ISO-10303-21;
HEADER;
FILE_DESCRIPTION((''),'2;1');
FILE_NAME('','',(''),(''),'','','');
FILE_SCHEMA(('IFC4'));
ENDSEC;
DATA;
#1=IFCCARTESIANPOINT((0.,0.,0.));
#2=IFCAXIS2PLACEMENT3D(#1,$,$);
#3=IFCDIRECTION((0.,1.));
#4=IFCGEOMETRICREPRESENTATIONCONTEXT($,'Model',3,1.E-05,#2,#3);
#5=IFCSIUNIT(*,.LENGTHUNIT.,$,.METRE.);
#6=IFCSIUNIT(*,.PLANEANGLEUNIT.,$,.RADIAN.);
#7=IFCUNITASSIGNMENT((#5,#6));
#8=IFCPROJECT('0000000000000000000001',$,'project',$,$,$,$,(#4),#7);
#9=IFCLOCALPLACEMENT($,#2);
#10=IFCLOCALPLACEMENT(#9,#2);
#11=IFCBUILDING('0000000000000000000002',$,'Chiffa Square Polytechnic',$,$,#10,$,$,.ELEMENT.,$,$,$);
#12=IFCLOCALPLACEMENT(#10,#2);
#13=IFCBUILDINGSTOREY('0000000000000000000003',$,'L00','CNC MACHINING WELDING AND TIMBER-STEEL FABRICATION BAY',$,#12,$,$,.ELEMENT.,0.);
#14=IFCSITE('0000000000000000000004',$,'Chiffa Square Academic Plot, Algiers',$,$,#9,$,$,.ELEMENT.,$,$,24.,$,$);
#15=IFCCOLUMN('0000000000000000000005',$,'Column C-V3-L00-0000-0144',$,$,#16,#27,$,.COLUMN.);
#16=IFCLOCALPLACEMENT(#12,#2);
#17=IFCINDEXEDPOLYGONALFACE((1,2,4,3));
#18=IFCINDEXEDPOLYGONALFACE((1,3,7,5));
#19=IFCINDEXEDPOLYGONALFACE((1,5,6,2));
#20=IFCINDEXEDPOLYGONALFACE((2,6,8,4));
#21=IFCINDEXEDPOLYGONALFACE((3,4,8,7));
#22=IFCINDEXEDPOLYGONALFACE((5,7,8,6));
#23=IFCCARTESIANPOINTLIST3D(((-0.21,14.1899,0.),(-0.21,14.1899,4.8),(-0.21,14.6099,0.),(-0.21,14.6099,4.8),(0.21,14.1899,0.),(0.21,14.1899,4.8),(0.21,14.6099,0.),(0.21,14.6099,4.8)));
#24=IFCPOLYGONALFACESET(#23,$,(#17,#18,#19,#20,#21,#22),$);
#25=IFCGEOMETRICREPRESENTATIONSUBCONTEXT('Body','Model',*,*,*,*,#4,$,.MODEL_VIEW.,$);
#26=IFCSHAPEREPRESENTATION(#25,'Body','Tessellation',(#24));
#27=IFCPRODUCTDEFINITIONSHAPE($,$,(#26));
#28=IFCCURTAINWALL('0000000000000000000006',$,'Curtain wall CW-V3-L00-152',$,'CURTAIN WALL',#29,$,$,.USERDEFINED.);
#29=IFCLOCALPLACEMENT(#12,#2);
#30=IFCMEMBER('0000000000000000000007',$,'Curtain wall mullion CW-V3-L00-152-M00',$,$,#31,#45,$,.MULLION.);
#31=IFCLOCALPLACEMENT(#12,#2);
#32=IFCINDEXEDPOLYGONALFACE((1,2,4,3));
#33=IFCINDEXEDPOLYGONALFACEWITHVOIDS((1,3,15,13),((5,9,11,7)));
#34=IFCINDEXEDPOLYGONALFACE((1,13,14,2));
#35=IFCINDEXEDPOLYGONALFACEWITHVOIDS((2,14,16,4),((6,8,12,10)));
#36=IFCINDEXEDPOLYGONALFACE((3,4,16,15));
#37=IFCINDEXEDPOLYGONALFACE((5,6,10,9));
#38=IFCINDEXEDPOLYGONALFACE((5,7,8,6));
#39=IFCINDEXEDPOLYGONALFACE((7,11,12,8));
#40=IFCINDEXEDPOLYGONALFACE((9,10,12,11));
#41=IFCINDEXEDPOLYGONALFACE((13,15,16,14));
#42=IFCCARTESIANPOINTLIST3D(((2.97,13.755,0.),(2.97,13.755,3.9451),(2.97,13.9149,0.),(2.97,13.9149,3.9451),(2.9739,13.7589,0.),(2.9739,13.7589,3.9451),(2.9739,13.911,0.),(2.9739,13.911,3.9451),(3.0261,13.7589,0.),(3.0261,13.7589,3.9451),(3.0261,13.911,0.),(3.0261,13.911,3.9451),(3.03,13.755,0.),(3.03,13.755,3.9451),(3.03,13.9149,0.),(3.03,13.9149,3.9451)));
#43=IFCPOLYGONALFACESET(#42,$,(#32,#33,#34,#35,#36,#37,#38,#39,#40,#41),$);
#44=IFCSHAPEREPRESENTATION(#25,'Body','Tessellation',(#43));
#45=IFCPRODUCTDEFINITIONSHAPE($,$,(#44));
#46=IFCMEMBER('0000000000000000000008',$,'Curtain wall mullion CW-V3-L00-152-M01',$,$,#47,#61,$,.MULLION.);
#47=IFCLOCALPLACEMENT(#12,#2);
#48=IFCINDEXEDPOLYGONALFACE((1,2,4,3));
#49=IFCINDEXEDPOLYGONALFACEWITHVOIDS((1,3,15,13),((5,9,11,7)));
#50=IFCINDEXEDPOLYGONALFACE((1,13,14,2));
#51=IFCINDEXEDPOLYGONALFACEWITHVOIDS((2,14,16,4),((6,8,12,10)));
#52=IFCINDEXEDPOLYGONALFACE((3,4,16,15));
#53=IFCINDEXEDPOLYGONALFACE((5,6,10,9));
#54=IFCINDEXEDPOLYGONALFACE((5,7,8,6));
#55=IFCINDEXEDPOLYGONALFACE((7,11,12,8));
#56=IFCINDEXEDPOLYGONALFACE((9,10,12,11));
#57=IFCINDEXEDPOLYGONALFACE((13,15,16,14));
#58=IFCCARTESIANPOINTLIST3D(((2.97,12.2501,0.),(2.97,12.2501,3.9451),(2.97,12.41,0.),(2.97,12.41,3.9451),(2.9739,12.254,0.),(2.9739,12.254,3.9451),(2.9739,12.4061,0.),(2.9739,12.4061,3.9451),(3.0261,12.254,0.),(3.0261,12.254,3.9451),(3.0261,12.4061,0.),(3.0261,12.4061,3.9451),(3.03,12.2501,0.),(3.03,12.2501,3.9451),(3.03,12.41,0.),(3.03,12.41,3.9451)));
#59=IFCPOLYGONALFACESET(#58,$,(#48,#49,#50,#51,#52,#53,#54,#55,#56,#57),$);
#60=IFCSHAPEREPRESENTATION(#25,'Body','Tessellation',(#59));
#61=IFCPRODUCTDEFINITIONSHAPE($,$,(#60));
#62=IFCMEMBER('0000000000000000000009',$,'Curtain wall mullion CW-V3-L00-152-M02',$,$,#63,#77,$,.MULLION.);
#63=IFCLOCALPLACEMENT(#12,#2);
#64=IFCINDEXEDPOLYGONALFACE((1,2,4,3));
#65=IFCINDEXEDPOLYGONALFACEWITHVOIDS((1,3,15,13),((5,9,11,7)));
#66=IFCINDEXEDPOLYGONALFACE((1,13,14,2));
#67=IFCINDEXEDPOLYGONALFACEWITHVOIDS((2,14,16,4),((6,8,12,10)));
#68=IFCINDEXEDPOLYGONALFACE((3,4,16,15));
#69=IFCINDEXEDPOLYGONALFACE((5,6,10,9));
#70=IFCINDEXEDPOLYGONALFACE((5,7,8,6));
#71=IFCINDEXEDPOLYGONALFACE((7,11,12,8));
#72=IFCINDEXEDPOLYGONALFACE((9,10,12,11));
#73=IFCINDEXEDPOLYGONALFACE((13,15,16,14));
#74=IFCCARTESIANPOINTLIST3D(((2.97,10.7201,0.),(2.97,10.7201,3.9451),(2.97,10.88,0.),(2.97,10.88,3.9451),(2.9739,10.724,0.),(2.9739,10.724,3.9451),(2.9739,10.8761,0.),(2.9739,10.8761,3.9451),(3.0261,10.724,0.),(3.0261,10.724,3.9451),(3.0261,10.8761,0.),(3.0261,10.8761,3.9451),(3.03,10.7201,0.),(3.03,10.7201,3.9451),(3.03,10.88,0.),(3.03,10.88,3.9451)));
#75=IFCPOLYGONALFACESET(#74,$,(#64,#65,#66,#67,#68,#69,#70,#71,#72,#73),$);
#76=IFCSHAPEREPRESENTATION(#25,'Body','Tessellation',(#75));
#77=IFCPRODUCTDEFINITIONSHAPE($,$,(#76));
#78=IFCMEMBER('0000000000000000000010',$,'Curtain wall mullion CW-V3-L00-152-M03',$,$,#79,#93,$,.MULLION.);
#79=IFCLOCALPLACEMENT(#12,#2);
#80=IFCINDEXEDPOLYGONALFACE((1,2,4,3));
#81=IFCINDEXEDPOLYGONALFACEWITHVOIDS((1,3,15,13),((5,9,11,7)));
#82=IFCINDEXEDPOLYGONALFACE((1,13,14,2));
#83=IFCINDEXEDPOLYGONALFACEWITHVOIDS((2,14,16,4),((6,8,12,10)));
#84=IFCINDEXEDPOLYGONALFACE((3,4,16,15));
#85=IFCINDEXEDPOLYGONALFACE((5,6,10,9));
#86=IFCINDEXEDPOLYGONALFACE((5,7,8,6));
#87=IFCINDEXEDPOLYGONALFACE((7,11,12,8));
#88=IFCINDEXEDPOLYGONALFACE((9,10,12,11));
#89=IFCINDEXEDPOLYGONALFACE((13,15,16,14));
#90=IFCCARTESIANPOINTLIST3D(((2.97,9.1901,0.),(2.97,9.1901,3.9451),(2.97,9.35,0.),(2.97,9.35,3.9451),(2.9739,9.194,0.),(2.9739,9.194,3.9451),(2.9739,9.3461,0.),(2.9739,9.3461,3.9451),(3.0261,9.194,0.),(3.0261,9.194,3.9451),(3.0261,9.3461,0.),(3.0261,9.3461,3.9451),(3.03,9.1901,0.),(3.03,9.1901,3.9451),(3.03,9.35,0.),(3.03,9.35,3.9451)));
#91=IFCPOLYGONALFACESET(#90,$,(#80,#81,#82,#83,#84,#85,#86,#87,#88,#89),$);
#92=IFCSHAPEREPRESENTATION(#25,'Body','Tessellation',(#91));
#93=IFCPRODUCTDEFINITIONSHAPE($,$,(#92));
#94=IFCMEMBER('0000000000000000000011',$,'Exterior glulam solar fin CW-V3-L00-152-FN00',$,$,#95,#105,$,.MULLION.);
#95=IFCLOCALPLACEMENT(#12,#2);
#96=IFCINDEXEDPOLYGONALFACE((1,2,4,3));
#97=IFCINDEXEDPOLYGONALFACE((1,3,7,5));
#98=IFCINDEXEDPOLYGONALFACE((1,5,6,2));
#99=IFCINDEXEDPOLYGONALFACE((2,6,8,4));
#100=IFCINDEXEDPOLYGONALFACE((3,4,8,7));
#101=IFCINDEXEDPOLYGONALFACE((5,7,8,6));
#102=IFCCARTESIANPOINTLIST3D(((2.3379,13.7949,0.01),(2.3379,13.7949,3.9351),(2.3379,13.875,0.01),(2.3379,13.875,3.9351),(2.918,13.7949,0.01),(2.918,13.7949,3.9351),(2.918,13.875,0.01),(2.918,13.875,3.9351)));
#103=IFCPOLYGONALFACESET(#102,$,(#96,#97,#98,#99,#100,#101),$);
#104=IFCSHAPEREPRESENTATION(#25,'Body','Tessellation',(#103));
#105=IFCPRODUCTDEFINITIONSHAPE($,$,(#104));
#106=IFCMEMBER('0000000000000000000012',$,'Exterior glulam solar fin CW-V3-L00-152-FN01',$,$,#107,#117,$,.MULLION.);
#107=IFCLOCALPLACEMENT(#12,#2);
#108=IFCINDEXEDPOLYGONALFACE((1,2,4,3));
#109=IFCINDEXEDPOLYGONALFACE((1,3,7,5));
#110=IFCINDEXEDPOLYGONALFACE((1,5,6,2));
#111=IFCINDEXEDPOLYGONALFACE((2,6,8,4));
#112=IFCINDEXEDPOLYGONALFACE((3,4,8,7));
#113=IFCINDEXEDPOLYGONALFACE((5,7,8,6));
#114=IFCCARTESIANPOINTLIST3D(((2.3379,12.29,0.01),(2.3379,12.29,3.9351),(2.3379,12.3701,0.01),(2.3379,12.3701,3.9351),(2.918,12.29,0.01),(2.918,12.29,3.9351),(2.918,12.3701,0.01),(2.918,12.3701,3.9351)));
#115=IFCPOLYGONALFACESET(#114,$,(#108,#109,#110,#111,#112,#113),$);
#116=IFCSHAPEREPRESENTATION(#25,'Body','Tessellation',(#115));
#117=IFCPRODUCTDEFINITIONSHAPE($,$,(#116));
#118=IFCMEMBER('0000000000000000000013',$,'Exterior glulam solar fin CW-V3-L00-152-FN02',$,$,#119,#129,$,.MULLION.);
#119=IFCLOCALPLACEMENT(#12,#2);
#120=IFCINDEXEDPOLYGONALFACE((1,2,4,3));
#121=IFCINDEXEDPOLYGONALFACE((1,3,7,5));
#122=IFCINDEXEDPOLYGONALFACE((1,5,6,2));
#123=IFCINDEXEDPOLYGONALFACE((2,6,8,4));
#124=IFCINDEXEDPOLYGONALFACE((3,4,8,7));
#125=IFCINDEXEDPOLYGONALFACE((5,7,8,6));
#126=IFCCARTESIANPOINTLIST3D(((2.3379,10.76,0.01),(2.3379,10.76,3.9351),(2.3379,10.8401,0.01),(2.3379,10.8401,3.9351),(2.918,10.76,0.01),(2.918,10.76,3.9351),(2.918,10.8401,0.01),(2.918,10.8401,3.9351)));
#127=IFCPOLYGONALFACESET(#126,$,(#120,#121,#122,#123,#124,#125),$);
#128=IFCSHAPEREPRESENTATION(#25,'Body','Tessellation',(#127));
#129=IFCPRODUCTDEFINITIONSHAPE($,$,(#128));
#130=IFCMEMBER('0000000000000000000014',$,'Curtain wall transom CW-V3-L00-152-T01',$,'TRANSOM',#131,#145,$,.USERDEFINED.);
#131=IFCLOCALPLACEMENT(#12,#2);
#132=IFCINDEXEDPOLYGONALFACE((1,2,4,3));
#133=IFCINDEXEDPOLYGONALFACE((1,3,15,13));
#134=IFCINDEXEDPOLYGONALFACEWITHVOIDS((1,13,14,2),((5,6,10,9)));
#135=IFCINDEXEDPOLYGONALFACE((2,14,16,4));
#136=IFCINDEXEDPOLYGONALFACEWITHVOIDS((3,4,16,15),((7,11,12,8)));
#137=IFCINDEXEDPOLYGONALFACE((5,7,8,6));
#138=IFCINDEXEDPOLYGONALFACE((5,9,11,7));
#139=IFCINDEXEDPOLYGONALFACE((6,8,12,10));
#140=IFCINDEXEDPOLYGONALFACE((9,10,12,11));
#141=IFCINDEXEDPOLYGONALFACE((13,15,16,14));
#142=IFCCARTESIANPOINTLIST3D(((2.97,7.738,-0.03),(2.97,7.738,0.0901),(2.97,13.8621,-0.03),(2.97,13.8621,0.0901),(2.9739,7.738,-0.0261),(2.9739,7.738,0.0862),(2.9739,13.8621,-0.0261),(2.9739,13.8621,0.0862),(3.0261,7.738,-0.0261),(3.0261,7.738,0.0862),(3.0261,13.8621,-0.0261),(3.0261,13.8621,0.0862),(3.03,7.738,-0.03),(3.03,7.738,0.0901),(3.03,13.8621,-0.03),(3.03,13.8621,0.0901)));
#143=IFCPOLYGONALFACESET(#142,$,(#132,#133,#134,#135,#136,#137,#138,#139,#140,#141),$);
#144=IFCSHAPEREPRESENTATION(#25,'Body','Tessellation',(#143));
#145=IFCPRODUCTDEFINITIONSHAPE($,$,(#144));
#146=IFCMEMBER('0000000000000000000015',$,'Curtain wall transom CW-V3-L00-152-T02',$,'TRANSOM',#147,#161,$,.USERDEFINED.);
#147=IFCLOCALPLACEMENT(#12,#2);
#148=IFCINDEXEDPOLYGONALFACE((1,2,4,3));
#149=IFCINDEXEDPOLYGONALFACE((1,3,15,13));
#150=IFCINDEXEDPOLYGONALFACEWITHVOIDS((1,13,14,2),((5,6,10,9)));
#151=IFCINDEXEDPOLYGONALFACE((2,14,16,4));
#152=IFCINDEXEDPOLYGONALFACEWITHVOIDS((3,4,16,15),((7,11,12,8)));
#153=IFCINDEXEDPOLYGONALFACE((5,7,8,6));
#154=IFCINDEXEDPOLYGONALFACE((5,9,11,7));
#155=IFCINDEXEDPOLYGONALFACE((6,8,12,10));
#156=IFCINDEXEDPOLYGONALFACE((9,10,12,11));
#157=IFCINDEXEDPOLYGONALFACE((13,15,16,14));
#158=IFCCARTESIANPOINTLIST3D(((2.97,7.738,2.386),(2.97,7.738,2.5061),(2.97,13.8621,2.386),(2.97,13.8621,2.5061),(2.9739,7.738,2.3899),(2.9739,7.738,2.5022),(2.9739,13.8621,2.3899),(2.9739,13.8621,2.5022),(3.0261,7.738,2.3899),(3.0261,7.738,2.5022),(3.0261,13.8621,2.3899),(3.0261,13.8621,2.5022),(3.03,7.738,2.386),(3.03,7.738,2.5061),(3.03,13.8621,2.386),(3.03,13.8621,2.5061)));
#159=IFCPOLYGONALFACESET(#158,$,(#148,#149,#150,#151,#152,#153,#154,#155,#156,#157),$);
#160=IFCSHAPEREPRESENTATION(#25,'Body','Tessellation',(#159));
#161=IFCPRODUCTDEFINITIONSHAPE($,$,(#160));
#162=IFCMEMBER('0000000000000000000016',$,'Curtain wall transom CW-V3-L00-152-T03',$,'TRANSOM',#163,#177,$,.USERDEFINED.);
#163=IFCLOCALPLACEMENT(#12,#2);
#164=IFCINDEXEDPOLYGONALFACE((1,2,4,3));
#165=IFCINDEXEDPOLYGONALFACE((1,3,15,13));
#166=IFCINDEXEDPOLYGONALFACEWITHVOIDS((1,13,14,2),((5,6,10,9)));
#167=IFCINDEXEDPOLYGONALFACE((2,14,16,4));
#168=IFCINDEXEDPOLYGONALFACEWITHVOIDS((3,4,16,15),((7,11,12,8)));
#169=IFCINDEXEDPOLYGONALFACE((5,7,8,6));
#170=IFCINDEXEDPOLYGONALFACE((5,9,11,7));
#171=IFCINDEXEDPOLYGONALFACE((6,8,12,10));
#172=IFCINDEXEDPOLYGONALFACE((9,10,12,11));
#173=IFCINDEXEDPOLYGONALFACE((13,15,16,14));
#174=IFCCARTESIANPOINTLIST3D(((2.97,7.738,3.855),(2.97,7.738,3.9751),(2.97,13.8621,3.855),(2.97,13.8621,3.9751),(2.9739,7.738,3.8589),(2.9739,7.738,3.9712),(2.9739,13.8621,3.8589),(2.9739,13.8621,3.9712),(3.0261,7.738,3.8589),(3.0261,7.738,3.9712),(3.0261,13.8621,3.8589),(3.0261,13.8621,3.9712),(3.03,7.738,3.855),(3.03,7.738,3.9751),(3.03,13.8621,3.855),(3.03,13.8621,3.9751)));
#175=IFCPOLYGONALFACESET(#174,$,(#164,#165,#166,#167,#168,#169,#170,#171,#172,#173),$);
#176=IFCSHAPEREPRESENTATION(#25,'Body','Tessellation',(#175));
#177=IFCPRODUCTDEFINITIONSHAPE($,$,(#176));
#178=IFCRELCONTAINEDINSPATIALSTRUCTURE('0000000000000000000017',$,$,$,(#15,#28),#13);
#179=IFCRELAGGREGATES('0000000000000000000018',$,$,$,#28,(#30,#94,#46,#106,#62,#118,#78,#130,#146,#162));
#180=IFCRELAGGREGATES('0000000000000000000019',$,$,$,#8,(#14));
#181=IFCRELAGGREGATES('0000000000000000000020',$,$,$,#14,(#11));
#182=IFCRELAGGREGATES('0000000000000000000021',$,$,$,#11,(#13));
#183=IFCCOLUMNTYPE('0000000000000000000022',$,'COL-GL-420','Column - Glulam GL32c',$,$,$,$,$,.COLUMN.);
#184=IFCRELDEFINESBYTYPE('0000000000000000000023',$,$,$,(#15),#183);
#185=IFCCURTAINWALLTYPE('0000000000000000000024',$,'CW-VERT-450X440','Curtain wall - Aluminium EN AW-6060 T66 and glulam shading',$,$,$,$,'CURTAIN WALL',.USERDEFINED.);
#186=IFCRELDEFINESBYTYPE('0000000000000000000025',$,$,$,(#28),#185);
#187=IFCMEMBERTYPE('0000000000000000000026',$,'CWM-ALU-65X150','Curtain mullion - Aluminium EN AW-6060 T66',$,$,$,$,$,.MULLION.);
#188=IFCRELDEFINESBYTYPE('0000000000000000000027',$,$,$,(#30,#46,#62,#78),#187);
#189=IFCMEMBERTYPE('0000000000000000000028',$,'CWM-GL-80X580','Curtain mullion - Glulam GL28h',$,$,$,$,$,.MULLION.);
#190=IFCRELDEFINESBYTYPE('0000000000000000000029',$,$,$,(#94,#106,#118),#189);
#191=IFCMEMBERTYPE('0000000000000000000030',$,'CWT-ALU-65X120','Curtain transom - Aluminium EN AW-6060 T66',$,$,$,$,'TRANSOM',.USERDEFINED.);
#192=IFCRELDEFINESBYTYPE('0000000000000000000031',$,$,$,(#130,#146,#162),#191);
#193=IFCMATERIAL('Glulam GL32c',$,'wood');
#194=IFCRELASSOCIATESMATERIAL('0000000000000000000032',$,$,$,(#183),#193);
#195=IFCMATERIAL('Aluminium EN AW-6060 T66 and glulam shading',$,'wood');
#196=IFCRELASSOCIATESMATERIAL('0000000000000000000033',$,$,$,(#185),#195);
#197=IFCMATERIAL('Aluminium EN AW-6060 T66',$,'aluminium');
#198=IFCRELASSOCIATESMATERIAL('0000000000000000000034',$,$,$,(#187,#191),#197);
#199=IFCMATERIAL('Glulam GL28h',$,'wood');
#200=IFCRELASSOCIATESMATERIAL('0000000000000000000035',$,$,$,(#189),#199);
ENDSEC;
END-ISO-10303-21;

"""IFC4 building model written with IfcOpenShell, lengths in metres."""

from ifc_helpers import new_model, si_unit, direction, frame, origin, origin_2d, place, context, subcontext, project, spatial, rectangle, hollow_rectangle, extrude, material, material_profile, profile_set, type_object, element, aggregate, save


model = new_model("IFC4")

# Units and contexts
model_context = context("Model", 3, precision=1e-05, world=origin(), true_north=direction((0.0, 1.0)))
body_context = subcontext(model_context, "Body", "Model", "MODEL_VIEW")
ifc_project = project(units=[si_unit("LENGTHUNIT", "METRE"), si_unit("PLANEANGLEUNIT", "RADIAN")], contexts=[model_context])

# Site, building, storey
site_placement = place(None, origin())
site = spatial("IfcSite", under=ifc_project, at=site_placement, Name="Chiffa Square Academic Plot, Algiers", CompositionType="ELEMENT", RefElevation=24.0)
building_placement = place(site_placement, origin())
building = spatial("IfcBuilding", under=site, at=building_placement, Name="Chiffa Square Polytechnic", CompositionType="ELEMENT")
storey_placement = place(building_placement, origin())
storey = spatial("IfcBuildingStorey", under=building, at=storey_placement, Name="L00", Description="CNC MACHINING WELDING AND TIMBER-STEEL FABRICATION BAY", CompositionType="ELEMENT", Elevation=0.0)

# Column
ifc_material_1 = material(Name="Glulam GL32c", Category="wood")
ifc_material_profile_1 = material_profile(ifc_material_1, rectangle(XDim=0.4199, YDim=0.4199, at=origin_2d()), Name="GL32c 420x420")
ifc_profile_set_1 = profile_set([ifc_material_profile_1], Name="Glulam GL32c")
column_type = type_object("IfcColumnType", Name="COL-GL-420", Description="Column - Glulam GL32c", PredefinedType="COLUMN", material=ifc_profile_set_1)
column_placement = place(storey_placement, frame((0.0, 14.3999, 0.0), z_axis=(0.0, 0.0, 1.0), x_axis=(1.0, 0.0, 0.0)))
element("IfcColumn", 1, at=column_placement, inside=storey, type_object=column_type, Name="Column C-V3-L00-0000-0144", PredefinedType="COLUMN", context=body_context, shape_type="SweptSolid", body=[
    extrude(rectangle(XDim=0.4199, YDim=0.4199, at=origin_2d()), origin(), (0.0, 0.0, 1.0), 4.8),
])

# Curtain wall, members
ifc_material_2 = material(Name="Aluminium EN AW-6060 T66 and glulam shading", Category="wood")
curtain_wall_type = type_object("IfcCurtainWallType", Name="CW-VERT-450X440", Description="Curtain wall - Aluminium EN AW-6060 T66 and glulam shading", ElementType="CURTAIN WALL", PredefinedType="USERDEFINED", material=ifc_material_2)
curtain_wall_placement = place(storey_placement, origin())
curtain_wall = element("IfcCurtainWall", 2, at=curtain_wall_placement, inside=storey, type_object=curtain_wall_type, Name="Curtain wall CW-V3-L00-152", ObjectType="CURTAIN WALL", PredefinedType="USERDEFINED")
ifc_material_3 = material(Name="Aluminium EN AW-6060 T66", Category="aluminium")
ifc_material_profile_2 = material_profile(ifc_material_3, hollow_rectangle(XDim=0.0601, YDim=0.1599, WallThickness=0.0039, at=origin_2d()), Name="ALU 60x160x4")
ifc_profile_set_2 = profile_set([ifc_material_profile_2], Name="Aluminium EN AW-6060 T66")
member_type_1 = type_object("IfcMemberType", Name="CWM-ALU-65X150", Description="Curtain mullion - Aluminium EN AW-6060 T66", PredefinedType="MULLION", material=ifc_profile_set_2)
member_1_placement = place(storey_placement, frame((3.0, 13.835, 0.0), z_axis=(0.0, 0.0, 1.0), x_axis=(1.0, 0.0, 0.0)))
member_1 = element("IfcMember", 3, at=member_1_placement, type_object=member_type_1, Name="Curtain wall mullion CW-V3-L00-152-M00", PredefinedType="MULLION", context=body_context, shape_type="SweptSolid", body=[
    extrude(hollow_rectangle(XDim=0.0601, YDim=0.1599, WallThickness=0.0039, at=origin_2d()), origin(), (0.0, 0.0, 1.0), 3.9451),
])
member_2_placement = place(storey_placement, frame((3.0, 12.3301, 0.0), z_axis=(0.0, 0.0, 1.0), x_axis=(1.0, 0.0, 0.0)))
member_2 = element("IfcMember", 4, at=member_2_placement, type_object=member_type_1, Name="Curtain wall mullion CW-V3-L00-152-M01", PredefinedType="MULLION", context=body_context, shape_type="SweptSolid", body=[
    extrude(hollow_rectangle(XDim=0.0601, YDim=0.1599, WallThickness=0.0039, at=origin_2d()), origin(), (0.0, 0.0, 1.0), 3.9451),
])
member_3_placement = place(storey_placement, frame((3.0, 10.8, 0.0), z_axis=(0.0, 0.0, 1.0), x_axis=(1.0, 0.0, 0.0)))
member_3 = element("IfcMember", 5, at=member_3_placement, type_object=member_type_1, Name="Curtain wall mullion CW-V3-L00-152-M02", PredefinedType="MULLION", context=body_context, shape_type="SweptSolid", body=[
    extrude(hollow_rectangle(XDim=0.0601, YDim=0.1599, WallThickness=0.0039, at=origin_2d()), origin(), (0.0, 0.0, 1.0), 3.9451),
])
member_4_placement = place(storey_placement, frame((3.0, 9.27, 0.0), z_axis=(0.0, 0.0, 1.0), x_axis=(1.0, 0.0, 0.0)))
member_4 = element("IfcMember", 6, at=member_4_placement, type_object=member_type_1, Name="Curtain wall mullion CW-V3-L00-152-M03", PredefinedType="MULLION", context=body_context, shape_type="SweptSolid", body=[
    extrude(hollow_rectangle(XDim=0.0601, YDim=0.1599, WallThickness=0.0039, at=origin_2d()), origin(), (0.0, 0.0, 1.0), 3.9451),
])
ifc_material_4 = material(Name="Glulam GL28h", Category="wood")
ifc_material_profile_3 = material_profile(ifc_material_4, rectangle(XDim=0.0801, YDim=0.5801, at=origin_2d()), Name="GL28h 80x580")
ifc_profile_set_3 = profile_set([ifc_material_profile_3], Name="Glulam GL28h")
member_type_2 = type_object("IfcMemberType", Name="CWM-GL-80X580", Description="Curtain mullion - Glulam GL28h", PredefinedType="MULLION", material=ifc_profile_set_3)
member_5_placement = place(storey_placement, frame((2.6279, 13.835, 0.01), z_axis=(0.0, 0.0, 1.0), x_axis=(0.0, -1.0, 0.0)))
member_5 = element("IfcMember", 7, at=member_5_placement, type_object=member_type_2, Name="Exterior glulam solar fin CW-V3-L00-152-FN00", PredefinedType="MULLION", context=body_context, shape_type="SweptSolid", body=[
    extrude(rectangle(XDim=0.0801, YDim=0.5801, at=origin_2d()), origin(), (0.0, 0.0, 1.0), 3.925),
])
member_6_placement = place(storey_placement, frame((2.6279, 12.3301, 0.01), z_axis=(0.0, 0.0, 1.0), x_axis=(0.0, -1.0, 0.0)))
member_6 = element("IfcMember", 8, at=member_6_placement, type_object=member_type_2, Name="Exterior glulam solar fin CW-V3-L00-152-FN01", PredefinedType="MULLION", context=body_context, shape_type="SweptSolid", body=[
    extrude(rectangle(XDim=0.0801, YDim=0.5801, at=origin_2d()), origin(), (0.0, 0.0, 1.0), 3.925),
])
member_7_placement = place(storey_placement, frame((2.6279, 10.8, 0.01), z_axis=(0.0, 0.0, 1.0), x_axis=(0.0, -1.0, 0.0)))
member_7 = element("IfcMember", 9, at=member_7_placement, type_object=member_type_2, Name="Exterior glulam solar fin CW-V3-L00-152-FN02", PredefinedType="MULLION", context=body_context, shape_type="SweptSolid", body=[
    extrude(rectangle(XDim=0.0801, YDim=0.5801, at=origin_2d()), origin(), (0.0, 0.0, 1.0), 3.925),
])
ifc_material_profile_4 = material_profile(ifc_material_3, hollow_rectangle(XDim=0.0601, YDim=0.1201, WallThickness=0.0039, at=origin_2d()), Name="ALU 60x120x4")
ifc_profile_set_4 = profile_set([ifc_material_profile_4], Name="Aluminium EN AW-6060 T66")
member_type_3 = type_object("IfcMemberType", Name="CWT-ALU-65X120", Description="Curtain transom - Aluminium EN AW-6060 T66", ElementType="TRANSOM", PredefinedType="USERDEFINED", material=ifc_profile_set_4)
member_8_placement = place(storey_placement, frame((3.0, 13.8621, 0.03), z_axis=(0.0, -1.0, 0.0), x_axis=(1.0, 0.0, 0.0)))
member_8 = element("IfcMember", 10, at=member_8_placement, type_object=member_type_3, Name="Curtain wall transom CW-V3-L00-152-T01", ObjectType="TRANSOM", PredefinedType="USERDEFINED", context=body_context, shape_type="SweptSolid", body=[
    extrude(hollow_rectangle(XDim=0.0601, YDim=0.1201, WallThickness=0.0039, at=origin_2d()), origin(), (0.0, 0.0, 1.0), 6.124),
])
member_9_placement = place(storey_placement, frame((3.0, 13.8621, 2.446), z_axis=(0.0, -1.0, 0.0), x_axis=(1.0, 0.0, 0.0)))
member_9 = element("IfcMember", 11, at=member_9_placement, type_object=member_type_3, Name="Curtain wall transom CW-V3-L00-152-T02", ObjectType="TRANSOM", PredefinedType="USERDEFINED", context=body_context, shape_type="SweptSolid", body=[
    extrude(hollow_rectangle(XDim=0.0601, YDim=0.1201, WallThickness=0.0039, at=origin_2d()), origin(), (0.0, 0.0, 1.0), 6.124),
])
member_10_placement = place(storey_placement, frame((3.0, 13.8621, 3.915), z_axis=(0.0, -1.0, 0.0), x_axis=(1.0, 0.0, 0.0)))
member_10 = element("IfcMember", 12, at=member_10_placement, type_object=member_type_3, Name="Curtain wall transom CW-V3-L00-152-T03", ObjectType="TRANSOM", PredefinedType="USERDEFINED", context=body_context, shape_type="SweptSolid", body=[
    extrude(hollow_rectangle(XDim=0.0601, YDim=0.1201, WallThickness=0.0039, at=origin_2d()), origin(), (0.0, 0.0, 1.0), 6.124),
])

aggregate(curtain_wall, [member_1, member_5, member_2, member_6, member_3, member_7, member_4, member_8, member_9, member_10])

save(model, "model.ifc")
